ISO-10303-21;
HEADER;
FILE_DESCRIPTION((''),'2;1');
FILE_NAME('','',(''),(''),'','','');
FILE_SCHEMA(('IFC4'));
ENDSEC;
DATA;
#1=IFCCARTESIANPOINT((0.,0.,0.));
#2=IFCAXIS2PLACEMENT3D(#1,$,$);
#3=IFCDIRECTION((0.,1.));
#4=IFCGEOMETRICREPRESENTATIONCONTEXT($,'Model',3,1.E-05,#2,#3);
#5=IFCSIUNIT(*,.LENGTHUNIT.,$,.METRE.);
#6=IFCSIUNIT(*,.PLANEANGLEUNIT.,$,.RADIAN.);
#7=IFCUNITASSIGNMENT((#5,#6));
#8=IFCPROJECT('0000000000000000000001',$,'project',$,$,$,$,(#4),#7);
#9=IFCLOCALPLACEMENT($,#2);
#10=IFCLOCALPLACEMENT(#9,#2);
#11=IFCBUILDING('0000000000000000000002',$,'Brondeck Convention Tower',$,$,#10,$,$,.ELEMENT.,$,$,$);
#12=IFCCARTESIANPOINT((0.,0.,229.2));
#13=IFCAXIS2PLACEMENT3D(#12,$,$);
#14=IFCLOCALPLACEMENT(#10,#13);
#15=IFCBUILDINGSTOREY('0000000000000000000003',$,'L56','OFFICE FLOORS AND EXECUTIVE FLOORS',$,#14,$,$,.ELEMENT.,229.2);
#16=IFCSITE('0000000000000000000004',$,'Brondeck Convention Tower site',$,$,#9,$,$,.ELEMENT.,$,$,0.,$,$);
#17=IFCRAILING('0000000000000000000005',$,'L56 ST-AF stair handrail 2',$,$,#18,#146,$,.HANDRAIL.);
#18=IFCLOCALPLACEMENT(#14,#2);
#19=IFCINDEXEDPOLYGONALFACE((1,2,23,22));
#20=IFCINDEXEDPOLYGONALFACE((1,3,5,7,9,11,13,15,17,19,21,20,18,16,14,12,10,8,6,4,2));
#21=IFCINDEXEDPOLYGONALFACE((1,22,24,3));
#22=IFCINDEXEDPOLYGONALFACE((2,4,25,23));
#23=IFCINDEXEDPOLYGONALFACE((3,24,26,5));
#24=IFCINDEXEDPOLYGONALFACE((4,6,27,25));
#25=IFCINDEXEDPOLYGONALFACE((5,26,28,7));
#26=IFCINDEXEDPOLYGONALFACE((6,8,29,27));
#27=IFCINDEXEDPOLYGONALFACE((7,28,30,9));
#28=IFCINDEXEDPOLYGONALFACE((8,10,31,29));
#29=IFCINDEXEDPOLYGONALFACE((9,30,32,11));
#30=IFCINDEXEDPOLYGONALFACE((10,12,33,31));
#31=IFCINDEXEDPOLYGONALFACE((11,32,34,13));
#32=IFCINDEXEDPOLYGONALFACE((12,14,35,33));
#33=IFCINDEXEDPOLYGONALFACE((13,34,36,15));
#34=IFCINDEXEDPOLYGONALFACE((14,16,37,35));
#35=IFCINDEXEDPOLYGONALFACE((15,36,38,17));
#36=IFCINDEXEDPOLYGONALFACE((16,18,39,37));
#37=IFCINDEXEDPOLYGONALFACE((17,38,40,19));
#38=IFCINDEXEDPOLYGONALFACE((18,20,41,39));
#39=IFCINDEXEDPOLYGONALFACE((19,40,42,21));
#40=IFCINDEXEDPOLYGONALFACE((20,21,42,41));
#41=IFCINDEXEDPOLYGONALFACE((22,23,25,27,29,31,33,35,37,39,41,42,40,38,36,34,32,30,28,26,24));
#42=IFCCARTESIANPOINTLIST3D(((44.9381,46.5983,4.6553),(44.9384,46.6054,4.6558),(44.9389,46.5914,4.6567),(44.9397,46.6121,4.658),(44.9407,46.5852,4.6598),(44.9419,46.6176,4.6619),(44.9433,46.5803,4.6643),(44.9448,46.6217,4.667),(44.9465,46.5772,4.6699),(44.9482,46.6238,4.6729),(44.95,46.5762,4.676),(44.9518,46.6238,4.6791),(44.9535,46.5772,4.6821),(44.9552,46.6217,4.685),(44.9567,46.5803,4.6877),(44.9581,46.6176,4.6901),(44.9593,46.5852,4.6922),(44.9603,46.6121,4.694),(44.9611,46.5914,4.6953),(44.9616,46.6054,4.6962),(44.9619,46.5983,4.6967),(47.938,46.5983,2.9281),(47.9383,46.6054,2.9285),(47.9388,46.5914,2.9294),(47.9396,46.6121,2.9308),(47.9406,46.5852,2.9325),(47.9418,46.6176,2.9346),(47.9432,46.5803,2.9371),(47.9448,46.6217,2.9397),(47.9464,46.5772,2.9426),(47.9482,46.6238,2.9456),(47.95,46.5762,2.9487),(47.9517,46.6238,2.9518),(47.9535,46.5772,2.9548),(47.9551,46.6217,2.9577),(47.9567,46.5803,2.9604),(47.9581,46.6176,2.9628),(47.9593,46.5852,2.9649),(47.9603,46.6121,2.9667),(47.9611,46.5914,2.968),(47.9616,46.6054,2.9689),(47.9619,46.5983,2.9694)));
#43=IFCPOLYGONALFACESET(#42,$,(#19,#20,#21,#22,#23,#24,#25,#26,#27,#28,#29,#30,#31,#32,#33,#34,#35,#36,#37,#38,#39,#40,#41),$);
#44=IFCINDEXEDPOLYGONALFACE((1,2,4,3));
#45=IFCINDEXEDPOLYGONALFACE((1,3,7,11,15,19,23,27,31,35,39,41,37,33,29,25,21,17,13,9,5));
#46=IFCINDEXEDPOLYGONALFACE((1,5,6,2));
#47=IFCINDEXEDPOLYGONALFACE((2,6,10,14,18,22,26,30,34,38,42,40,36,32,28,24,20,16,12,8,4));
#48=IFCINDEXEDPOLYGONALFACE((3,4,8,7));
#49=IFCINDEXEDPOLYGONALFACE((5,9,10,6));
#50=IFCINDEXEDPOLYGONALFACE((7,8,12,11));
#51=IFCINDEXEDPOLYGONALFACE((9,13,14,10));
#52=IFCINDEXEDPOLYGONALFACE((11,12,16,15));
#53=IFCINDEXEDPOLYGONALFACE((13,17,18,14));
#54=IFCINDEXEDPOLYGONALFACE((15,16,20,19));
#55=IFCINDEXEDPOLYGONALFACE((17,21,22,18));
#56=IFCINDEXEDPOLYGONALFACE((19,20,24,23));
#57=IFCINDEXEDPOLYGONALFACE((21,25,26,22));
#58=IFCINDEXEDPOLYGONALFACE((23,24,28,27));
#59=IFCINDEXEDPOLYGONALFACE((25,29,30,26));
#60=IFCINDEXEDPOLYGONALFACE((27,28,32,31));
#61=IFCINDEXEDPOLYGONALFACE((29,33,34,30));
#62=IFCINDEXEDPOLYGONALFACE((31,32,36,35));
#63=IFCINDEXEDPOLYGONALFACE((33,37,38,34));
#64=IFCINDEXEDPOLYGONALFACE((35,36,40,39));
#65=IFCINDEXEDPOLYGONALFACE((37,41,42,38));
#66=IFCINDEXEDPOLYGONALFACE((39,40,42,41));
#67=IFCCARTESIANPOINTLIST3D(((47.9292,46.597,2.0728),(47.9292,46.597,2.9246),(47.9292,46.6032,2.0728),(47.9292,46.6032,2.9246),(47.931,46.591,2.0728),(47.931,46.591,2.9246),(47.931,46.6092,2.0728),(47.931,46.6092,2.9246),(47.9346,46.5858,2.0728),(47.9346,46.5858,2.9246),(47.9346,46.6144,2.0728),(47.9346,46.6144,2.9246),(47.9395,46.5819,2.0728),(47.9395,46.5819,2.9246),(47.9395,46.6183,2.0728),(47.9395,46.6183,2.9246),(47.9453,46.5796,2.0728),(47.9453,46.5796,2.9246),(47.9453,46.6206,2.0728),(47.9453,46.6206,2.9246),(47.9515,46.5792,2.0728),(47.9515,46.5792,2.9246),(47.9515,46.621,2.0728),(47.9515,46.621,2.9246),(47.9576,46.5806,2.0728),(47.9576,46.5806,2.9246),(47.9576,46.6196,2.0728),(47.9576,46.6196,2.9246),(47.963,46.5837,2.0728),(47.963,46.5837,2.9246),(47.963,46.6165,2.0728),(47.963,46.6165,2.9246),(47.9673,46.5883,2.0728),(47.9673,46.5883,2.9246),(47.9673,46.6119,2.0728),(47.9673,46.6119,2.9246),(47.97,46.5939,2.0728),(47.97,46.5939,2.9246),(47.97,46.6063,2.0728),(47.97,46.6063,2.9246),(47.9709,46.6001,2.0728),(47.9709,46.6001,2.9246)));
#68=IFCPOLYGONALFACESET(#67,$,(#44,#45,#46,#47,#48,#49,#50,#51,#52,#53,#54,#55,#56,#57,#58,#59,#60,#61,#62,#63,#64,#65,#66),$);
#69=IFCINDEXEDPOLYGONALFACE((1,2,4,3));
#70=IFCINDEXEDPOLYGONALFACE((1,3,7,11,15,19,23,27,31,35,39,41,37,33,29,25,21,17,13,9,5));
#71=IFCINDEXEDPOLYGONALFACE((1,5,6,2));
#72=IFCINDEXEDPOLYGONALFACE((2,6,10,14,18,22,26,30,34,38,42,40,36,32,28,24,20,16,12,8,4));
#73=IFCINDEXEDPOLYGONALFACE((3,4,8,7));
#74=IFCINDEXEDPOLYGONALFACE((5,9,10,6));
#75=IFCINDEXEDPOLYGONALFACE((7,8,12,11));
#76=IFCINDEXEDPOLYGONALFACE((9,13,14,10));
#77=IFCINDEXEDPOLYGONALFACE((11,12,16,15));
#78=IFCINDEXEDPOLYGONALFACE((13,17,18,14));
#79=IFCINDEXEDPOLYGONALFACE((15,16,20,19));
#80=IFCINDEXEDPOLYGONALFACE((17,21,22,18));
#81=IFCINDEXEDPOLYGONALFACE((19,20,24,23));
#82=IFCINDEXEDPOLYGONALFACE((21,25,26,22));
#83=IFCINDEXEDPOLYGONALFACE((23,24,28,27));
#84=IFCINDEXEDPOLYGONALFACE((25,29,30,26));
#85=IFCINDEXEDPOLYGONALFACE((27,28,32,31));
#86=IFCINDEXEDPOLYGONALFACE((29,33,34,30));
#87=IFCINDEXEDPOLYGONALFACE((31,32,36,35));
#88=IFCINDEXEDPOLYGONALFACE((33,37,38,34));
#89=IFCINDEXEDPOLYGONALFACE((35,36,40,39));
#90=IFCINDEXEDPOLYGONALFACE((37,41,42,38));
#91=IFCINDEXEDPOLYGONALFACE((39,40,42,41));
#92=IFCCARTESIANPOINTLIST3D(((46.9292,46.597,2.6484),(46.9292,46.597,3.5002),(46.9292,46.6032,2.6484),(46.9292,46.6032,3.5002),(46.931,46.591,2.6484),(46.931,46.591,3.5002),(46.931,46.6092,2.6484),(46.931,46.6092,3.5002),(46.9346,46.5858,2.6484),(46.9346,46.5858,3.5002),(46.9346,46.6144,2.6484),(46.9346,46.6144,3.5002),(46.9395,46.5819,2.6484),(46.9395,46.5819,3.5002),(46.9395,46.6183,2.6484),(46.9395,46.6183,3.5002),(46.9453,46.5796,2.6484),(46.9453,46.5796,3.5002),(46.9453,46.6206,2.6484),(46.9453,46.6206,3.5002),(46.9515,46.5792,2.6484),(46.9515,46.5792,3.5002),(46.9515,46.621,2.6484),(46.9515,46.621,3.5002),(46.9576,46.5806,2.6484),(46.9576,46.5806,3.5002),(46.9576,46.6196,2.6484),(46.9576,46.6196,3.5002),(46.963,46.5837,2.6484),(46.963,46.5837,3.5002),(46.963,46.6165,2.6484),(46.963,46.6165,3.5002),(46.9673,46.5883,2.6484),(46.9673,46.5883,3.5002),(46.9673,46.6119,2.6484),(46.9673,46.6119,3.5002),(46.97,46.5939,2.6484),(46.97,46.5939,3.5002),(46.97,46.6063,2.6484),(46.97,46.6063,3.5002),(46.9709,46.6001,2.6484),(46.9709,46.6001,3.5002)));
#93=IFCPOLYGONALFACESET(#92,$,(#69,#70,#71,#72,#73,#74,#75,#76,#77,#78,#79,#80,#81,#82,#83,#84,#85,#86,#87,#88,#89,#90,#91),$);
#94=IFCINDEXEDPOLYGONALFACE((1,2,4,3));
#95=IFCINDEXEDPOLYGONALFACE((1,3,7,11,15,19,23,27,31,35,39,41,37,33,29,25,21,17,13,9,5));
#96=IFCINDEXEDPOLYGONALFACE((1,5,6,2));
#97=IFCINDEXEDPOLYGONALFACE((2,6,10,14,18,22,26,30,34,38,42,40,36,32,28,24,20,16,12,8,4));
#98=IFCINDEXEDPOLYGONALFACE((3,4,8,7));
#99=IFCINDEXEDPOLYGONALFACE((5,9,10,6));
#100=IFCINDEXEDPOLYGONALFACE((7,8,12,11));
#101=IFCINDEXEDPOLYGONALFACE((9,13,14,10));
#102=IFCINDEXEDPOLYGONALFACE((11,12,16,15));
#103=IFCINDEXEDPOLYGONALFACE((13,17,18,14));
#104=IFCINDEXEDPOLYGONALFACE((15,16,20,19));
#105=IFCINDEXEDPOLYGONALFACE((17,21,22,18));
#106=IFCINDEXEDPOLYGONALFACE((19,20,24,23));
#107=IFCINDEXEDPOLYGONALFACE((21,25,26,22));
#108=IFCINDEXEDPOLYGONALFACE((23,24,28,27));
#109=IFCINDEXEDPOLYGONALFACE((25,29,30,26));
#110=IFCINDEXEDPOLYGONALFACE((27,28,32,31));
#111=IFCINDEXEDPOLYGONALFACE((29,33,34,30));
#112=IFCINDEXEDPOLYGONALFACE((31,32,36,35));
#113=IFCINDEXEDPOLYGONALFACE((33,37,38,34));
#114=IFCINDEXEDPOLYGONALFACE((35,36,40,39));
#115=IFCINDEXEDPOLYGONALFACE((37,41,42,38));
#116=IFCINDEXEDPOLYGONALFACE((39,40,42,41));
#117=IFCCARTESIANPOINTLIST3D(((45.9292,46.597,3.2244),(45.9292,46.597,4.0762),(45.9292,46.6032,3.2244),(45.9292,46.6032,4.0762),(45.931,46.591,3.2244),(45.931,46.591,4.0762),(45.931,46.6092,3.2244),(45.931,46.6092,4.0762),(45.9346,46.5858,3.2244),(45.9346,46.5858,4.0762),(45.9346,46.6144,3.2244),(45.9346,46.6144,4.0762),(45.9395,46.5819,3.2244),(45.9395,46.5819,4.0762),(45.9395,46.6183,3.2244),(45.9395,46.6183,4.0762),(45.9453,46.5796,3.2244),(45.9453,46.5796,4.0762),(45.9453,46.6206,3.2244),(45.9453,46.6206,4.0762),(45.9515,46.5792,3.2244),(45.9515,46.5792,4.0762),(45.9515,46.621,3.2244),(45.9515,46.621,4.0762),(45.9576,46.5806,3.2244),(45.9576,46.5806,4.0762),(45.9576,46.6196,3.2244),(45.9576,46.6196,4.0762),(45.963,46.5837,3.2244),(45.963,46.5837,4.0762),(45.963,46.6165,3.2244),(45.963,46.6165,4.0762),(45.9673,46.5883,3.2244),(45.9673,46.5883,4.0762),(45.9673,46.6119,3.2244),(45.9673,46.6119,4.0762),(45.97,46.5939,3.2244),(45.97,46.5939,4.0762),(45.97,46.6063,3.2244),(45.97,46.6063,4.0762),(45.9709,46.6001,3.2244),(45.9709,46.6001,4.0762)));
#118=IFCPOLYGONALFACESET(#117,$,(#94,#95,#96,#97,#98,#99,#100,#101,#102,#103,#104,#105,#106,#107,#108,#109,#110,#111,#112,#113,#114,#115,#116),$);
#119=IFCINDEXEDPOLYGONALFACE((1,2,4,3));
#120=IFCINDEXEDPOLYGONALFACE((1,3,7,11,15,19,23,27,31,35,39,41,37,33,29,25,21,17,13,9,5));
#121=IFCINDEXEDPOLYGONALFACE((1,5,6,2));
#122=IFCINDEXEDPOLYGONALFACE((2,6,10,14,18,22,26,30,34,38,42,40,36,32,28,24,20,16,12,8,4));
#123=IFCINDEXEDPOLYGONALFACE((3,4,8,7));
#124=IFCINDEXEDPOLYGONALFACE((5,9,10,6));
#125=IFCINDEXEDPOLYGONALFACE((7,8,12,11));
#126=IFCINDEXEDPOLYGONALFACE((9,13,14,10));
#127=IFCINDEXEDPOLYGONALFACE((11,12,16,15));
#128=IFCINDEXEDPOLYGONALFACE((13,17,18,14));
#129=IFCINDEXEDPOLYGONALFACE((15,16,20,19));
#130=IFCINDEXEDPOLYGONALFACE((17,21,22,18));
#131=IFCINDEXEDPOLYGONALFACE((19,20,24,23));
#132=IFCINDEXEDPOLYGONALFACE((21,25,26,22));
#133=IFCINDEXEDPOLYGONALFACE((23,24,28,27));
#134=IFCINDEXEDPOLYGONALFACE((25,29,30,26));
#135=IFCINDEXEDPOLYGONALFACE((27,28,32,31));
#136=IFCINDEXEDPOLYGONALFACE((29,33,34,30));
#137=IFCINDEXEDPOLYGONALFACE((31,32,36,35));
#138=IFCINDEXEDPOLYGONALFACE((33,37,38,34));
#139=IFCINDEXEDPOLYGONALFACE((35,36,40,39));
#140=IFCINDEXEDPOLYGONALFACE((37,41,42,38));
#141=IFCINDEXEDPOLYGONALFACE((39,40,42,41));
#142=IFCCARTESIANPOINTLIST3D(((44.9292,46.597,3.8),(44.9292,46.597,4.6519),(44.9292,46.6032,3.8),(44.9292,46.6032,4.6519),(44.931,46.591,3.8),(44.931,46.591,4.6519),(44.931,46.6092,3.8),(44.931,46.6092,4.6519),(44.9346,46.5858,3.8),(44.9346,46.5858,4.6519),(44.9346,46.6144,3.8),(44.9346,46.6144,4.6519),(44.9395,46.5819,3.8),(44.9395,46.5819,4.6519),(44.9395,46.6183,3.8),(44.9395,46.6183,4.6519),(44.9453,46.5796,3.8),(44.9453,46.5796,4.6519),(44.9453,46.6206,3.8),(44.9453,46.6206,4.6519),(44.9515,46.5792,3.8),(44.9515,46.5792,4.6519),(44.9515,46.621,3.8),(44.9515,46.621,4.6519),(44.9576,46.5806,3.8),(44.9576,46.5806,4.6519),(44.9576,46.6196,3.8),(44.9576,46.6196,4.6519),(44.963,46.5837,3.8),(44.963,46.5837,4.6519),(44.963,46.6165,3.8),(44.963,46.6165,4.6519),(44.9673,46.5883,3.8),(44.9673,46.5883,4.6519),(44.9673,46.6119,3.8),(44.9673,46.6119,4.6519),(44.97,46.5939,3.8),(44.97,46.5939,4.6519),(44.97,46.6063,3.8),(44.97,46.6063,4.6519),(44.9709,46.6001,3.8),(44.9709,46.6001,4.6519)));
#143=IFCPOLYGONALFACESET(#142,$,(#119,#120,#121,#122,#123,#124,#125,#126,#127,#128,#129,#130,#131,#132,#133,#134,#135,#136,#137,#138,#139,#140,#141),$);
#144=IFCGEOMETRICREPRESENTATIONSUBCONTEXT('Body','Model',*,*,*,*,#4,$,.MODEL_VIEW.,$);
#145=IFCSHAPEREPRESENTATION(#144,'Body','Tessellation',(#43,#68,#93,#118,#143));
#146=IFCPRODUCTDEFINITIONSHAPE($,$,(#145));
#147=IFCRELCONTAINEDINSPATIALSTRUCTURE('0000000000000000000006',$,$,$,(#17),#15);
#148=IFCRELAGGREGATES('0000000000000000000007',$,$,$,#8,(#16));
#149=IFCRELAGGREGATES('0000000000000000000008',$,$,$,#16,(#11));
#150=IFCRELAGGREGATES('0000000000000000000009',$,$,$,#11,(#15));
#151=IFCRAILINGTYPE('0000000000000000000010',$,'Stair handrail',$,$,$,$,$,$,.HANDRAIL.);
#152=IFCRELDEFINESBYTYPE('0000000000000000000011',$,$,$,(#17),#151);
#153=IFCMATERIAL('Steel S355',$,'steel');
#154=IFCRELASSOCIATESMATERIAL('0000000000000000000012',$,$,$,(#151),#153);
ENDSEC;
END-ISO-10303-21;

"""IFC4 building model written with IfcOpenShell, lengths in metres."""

from ifc_helpers import new_model, si_unit, direction, frame, origin, origin_2d, place, context, subcontext, project, spatial, circle, extrude, material, type_object, element, save


model = new_model("IFC4")

# Units and contexts
model_context = context("Model", 3, precision=1e-05, world=origin(), true_north=direction((0.0, 1.0)))
body_context = subcontext(model_context, "Body", "Model", "MODEL_VIEW")
ifc_project = project(units=[si_unit("LENGTHUNIT", "METRE"), si_unit("PLANEANGLEUNIT", "RADIAN")], contexts=[model_context])

# Site, building, storey
site_placement = place(None, origin())
site = spatial("IfcSite", under=ifc_project, at=site_placement, Name="Brondeck Convention Tower site", CompositionType="ELEMENT", RefElevation=0.0)
building_placement = place(site_placement, origin())
building = spatial("IfcBuilding", under=site, at=building_placement, Name="Brondeck Convention Tower", CompositionType="ELEMENT")
storey_placement = place(building_placement, frame((0.0, 0.0, 229.2)))
storey = spatial("IfcBuildingStorey", under=building, at=storey_placement, Name="L56", Description="OFFICE FLOORS AND EXECUTIVE FLOORS", CompositionType="ELEMENT", Elevation=229.2)

# Shared definitions
ifc_material_1 = material(Name="Steel S355", Category="steel")

# Railing
railing_type_1 = type_object("IfcRailingType", Name="Stair handrail", PredefinedType="HANDRAIL", material=ifc_material_1)
railing_1_placement = place(storey_placement, frame((47.95, 46.6001, 2.0728)))
element("IfcRailing", 1, at=railing_1_placement, inside=storey, type_object=railing_type_1, Name="L56 ST-AF stair handrail 2", PredefinedType="HANDRAIL", context=body_context, shape_type="SweptSolid", body=[
    extrude(circle(Radius=0.0239, at=origin_2d()), frame((0.0, 0.0, 0.876), z_axis=(-0.86662, 0.0, 0.498969), x_axis=(0.0, -1.0, 0.0)), (0.0, 0.0, 1.0), 3.4617),
    extrude(circle(Radius=0.021, at=origin_2d()), origin(), (0.0, 0.0, 1.0), 0.8518),
    extrude(circle(Radius=0.021, at=origin_2d()), frame((-1.0, 0.0, 0.5757)), (0.0, 0.0, 1.0), 0.8518),
    extrude(circle(Radius=0.021, at=origin_2d()), frame((-2.0, 0.0, 1.1516)), (0.0, 0.0, 1.0), 0.8518),
    extrude(circle(Radius=0.021, at=origin_2d()), frame((-3.0, 0.0, 1.7273)), (0.0, 0.0, 1.0), 0.8518),
])

save(model, "model.ifc")
